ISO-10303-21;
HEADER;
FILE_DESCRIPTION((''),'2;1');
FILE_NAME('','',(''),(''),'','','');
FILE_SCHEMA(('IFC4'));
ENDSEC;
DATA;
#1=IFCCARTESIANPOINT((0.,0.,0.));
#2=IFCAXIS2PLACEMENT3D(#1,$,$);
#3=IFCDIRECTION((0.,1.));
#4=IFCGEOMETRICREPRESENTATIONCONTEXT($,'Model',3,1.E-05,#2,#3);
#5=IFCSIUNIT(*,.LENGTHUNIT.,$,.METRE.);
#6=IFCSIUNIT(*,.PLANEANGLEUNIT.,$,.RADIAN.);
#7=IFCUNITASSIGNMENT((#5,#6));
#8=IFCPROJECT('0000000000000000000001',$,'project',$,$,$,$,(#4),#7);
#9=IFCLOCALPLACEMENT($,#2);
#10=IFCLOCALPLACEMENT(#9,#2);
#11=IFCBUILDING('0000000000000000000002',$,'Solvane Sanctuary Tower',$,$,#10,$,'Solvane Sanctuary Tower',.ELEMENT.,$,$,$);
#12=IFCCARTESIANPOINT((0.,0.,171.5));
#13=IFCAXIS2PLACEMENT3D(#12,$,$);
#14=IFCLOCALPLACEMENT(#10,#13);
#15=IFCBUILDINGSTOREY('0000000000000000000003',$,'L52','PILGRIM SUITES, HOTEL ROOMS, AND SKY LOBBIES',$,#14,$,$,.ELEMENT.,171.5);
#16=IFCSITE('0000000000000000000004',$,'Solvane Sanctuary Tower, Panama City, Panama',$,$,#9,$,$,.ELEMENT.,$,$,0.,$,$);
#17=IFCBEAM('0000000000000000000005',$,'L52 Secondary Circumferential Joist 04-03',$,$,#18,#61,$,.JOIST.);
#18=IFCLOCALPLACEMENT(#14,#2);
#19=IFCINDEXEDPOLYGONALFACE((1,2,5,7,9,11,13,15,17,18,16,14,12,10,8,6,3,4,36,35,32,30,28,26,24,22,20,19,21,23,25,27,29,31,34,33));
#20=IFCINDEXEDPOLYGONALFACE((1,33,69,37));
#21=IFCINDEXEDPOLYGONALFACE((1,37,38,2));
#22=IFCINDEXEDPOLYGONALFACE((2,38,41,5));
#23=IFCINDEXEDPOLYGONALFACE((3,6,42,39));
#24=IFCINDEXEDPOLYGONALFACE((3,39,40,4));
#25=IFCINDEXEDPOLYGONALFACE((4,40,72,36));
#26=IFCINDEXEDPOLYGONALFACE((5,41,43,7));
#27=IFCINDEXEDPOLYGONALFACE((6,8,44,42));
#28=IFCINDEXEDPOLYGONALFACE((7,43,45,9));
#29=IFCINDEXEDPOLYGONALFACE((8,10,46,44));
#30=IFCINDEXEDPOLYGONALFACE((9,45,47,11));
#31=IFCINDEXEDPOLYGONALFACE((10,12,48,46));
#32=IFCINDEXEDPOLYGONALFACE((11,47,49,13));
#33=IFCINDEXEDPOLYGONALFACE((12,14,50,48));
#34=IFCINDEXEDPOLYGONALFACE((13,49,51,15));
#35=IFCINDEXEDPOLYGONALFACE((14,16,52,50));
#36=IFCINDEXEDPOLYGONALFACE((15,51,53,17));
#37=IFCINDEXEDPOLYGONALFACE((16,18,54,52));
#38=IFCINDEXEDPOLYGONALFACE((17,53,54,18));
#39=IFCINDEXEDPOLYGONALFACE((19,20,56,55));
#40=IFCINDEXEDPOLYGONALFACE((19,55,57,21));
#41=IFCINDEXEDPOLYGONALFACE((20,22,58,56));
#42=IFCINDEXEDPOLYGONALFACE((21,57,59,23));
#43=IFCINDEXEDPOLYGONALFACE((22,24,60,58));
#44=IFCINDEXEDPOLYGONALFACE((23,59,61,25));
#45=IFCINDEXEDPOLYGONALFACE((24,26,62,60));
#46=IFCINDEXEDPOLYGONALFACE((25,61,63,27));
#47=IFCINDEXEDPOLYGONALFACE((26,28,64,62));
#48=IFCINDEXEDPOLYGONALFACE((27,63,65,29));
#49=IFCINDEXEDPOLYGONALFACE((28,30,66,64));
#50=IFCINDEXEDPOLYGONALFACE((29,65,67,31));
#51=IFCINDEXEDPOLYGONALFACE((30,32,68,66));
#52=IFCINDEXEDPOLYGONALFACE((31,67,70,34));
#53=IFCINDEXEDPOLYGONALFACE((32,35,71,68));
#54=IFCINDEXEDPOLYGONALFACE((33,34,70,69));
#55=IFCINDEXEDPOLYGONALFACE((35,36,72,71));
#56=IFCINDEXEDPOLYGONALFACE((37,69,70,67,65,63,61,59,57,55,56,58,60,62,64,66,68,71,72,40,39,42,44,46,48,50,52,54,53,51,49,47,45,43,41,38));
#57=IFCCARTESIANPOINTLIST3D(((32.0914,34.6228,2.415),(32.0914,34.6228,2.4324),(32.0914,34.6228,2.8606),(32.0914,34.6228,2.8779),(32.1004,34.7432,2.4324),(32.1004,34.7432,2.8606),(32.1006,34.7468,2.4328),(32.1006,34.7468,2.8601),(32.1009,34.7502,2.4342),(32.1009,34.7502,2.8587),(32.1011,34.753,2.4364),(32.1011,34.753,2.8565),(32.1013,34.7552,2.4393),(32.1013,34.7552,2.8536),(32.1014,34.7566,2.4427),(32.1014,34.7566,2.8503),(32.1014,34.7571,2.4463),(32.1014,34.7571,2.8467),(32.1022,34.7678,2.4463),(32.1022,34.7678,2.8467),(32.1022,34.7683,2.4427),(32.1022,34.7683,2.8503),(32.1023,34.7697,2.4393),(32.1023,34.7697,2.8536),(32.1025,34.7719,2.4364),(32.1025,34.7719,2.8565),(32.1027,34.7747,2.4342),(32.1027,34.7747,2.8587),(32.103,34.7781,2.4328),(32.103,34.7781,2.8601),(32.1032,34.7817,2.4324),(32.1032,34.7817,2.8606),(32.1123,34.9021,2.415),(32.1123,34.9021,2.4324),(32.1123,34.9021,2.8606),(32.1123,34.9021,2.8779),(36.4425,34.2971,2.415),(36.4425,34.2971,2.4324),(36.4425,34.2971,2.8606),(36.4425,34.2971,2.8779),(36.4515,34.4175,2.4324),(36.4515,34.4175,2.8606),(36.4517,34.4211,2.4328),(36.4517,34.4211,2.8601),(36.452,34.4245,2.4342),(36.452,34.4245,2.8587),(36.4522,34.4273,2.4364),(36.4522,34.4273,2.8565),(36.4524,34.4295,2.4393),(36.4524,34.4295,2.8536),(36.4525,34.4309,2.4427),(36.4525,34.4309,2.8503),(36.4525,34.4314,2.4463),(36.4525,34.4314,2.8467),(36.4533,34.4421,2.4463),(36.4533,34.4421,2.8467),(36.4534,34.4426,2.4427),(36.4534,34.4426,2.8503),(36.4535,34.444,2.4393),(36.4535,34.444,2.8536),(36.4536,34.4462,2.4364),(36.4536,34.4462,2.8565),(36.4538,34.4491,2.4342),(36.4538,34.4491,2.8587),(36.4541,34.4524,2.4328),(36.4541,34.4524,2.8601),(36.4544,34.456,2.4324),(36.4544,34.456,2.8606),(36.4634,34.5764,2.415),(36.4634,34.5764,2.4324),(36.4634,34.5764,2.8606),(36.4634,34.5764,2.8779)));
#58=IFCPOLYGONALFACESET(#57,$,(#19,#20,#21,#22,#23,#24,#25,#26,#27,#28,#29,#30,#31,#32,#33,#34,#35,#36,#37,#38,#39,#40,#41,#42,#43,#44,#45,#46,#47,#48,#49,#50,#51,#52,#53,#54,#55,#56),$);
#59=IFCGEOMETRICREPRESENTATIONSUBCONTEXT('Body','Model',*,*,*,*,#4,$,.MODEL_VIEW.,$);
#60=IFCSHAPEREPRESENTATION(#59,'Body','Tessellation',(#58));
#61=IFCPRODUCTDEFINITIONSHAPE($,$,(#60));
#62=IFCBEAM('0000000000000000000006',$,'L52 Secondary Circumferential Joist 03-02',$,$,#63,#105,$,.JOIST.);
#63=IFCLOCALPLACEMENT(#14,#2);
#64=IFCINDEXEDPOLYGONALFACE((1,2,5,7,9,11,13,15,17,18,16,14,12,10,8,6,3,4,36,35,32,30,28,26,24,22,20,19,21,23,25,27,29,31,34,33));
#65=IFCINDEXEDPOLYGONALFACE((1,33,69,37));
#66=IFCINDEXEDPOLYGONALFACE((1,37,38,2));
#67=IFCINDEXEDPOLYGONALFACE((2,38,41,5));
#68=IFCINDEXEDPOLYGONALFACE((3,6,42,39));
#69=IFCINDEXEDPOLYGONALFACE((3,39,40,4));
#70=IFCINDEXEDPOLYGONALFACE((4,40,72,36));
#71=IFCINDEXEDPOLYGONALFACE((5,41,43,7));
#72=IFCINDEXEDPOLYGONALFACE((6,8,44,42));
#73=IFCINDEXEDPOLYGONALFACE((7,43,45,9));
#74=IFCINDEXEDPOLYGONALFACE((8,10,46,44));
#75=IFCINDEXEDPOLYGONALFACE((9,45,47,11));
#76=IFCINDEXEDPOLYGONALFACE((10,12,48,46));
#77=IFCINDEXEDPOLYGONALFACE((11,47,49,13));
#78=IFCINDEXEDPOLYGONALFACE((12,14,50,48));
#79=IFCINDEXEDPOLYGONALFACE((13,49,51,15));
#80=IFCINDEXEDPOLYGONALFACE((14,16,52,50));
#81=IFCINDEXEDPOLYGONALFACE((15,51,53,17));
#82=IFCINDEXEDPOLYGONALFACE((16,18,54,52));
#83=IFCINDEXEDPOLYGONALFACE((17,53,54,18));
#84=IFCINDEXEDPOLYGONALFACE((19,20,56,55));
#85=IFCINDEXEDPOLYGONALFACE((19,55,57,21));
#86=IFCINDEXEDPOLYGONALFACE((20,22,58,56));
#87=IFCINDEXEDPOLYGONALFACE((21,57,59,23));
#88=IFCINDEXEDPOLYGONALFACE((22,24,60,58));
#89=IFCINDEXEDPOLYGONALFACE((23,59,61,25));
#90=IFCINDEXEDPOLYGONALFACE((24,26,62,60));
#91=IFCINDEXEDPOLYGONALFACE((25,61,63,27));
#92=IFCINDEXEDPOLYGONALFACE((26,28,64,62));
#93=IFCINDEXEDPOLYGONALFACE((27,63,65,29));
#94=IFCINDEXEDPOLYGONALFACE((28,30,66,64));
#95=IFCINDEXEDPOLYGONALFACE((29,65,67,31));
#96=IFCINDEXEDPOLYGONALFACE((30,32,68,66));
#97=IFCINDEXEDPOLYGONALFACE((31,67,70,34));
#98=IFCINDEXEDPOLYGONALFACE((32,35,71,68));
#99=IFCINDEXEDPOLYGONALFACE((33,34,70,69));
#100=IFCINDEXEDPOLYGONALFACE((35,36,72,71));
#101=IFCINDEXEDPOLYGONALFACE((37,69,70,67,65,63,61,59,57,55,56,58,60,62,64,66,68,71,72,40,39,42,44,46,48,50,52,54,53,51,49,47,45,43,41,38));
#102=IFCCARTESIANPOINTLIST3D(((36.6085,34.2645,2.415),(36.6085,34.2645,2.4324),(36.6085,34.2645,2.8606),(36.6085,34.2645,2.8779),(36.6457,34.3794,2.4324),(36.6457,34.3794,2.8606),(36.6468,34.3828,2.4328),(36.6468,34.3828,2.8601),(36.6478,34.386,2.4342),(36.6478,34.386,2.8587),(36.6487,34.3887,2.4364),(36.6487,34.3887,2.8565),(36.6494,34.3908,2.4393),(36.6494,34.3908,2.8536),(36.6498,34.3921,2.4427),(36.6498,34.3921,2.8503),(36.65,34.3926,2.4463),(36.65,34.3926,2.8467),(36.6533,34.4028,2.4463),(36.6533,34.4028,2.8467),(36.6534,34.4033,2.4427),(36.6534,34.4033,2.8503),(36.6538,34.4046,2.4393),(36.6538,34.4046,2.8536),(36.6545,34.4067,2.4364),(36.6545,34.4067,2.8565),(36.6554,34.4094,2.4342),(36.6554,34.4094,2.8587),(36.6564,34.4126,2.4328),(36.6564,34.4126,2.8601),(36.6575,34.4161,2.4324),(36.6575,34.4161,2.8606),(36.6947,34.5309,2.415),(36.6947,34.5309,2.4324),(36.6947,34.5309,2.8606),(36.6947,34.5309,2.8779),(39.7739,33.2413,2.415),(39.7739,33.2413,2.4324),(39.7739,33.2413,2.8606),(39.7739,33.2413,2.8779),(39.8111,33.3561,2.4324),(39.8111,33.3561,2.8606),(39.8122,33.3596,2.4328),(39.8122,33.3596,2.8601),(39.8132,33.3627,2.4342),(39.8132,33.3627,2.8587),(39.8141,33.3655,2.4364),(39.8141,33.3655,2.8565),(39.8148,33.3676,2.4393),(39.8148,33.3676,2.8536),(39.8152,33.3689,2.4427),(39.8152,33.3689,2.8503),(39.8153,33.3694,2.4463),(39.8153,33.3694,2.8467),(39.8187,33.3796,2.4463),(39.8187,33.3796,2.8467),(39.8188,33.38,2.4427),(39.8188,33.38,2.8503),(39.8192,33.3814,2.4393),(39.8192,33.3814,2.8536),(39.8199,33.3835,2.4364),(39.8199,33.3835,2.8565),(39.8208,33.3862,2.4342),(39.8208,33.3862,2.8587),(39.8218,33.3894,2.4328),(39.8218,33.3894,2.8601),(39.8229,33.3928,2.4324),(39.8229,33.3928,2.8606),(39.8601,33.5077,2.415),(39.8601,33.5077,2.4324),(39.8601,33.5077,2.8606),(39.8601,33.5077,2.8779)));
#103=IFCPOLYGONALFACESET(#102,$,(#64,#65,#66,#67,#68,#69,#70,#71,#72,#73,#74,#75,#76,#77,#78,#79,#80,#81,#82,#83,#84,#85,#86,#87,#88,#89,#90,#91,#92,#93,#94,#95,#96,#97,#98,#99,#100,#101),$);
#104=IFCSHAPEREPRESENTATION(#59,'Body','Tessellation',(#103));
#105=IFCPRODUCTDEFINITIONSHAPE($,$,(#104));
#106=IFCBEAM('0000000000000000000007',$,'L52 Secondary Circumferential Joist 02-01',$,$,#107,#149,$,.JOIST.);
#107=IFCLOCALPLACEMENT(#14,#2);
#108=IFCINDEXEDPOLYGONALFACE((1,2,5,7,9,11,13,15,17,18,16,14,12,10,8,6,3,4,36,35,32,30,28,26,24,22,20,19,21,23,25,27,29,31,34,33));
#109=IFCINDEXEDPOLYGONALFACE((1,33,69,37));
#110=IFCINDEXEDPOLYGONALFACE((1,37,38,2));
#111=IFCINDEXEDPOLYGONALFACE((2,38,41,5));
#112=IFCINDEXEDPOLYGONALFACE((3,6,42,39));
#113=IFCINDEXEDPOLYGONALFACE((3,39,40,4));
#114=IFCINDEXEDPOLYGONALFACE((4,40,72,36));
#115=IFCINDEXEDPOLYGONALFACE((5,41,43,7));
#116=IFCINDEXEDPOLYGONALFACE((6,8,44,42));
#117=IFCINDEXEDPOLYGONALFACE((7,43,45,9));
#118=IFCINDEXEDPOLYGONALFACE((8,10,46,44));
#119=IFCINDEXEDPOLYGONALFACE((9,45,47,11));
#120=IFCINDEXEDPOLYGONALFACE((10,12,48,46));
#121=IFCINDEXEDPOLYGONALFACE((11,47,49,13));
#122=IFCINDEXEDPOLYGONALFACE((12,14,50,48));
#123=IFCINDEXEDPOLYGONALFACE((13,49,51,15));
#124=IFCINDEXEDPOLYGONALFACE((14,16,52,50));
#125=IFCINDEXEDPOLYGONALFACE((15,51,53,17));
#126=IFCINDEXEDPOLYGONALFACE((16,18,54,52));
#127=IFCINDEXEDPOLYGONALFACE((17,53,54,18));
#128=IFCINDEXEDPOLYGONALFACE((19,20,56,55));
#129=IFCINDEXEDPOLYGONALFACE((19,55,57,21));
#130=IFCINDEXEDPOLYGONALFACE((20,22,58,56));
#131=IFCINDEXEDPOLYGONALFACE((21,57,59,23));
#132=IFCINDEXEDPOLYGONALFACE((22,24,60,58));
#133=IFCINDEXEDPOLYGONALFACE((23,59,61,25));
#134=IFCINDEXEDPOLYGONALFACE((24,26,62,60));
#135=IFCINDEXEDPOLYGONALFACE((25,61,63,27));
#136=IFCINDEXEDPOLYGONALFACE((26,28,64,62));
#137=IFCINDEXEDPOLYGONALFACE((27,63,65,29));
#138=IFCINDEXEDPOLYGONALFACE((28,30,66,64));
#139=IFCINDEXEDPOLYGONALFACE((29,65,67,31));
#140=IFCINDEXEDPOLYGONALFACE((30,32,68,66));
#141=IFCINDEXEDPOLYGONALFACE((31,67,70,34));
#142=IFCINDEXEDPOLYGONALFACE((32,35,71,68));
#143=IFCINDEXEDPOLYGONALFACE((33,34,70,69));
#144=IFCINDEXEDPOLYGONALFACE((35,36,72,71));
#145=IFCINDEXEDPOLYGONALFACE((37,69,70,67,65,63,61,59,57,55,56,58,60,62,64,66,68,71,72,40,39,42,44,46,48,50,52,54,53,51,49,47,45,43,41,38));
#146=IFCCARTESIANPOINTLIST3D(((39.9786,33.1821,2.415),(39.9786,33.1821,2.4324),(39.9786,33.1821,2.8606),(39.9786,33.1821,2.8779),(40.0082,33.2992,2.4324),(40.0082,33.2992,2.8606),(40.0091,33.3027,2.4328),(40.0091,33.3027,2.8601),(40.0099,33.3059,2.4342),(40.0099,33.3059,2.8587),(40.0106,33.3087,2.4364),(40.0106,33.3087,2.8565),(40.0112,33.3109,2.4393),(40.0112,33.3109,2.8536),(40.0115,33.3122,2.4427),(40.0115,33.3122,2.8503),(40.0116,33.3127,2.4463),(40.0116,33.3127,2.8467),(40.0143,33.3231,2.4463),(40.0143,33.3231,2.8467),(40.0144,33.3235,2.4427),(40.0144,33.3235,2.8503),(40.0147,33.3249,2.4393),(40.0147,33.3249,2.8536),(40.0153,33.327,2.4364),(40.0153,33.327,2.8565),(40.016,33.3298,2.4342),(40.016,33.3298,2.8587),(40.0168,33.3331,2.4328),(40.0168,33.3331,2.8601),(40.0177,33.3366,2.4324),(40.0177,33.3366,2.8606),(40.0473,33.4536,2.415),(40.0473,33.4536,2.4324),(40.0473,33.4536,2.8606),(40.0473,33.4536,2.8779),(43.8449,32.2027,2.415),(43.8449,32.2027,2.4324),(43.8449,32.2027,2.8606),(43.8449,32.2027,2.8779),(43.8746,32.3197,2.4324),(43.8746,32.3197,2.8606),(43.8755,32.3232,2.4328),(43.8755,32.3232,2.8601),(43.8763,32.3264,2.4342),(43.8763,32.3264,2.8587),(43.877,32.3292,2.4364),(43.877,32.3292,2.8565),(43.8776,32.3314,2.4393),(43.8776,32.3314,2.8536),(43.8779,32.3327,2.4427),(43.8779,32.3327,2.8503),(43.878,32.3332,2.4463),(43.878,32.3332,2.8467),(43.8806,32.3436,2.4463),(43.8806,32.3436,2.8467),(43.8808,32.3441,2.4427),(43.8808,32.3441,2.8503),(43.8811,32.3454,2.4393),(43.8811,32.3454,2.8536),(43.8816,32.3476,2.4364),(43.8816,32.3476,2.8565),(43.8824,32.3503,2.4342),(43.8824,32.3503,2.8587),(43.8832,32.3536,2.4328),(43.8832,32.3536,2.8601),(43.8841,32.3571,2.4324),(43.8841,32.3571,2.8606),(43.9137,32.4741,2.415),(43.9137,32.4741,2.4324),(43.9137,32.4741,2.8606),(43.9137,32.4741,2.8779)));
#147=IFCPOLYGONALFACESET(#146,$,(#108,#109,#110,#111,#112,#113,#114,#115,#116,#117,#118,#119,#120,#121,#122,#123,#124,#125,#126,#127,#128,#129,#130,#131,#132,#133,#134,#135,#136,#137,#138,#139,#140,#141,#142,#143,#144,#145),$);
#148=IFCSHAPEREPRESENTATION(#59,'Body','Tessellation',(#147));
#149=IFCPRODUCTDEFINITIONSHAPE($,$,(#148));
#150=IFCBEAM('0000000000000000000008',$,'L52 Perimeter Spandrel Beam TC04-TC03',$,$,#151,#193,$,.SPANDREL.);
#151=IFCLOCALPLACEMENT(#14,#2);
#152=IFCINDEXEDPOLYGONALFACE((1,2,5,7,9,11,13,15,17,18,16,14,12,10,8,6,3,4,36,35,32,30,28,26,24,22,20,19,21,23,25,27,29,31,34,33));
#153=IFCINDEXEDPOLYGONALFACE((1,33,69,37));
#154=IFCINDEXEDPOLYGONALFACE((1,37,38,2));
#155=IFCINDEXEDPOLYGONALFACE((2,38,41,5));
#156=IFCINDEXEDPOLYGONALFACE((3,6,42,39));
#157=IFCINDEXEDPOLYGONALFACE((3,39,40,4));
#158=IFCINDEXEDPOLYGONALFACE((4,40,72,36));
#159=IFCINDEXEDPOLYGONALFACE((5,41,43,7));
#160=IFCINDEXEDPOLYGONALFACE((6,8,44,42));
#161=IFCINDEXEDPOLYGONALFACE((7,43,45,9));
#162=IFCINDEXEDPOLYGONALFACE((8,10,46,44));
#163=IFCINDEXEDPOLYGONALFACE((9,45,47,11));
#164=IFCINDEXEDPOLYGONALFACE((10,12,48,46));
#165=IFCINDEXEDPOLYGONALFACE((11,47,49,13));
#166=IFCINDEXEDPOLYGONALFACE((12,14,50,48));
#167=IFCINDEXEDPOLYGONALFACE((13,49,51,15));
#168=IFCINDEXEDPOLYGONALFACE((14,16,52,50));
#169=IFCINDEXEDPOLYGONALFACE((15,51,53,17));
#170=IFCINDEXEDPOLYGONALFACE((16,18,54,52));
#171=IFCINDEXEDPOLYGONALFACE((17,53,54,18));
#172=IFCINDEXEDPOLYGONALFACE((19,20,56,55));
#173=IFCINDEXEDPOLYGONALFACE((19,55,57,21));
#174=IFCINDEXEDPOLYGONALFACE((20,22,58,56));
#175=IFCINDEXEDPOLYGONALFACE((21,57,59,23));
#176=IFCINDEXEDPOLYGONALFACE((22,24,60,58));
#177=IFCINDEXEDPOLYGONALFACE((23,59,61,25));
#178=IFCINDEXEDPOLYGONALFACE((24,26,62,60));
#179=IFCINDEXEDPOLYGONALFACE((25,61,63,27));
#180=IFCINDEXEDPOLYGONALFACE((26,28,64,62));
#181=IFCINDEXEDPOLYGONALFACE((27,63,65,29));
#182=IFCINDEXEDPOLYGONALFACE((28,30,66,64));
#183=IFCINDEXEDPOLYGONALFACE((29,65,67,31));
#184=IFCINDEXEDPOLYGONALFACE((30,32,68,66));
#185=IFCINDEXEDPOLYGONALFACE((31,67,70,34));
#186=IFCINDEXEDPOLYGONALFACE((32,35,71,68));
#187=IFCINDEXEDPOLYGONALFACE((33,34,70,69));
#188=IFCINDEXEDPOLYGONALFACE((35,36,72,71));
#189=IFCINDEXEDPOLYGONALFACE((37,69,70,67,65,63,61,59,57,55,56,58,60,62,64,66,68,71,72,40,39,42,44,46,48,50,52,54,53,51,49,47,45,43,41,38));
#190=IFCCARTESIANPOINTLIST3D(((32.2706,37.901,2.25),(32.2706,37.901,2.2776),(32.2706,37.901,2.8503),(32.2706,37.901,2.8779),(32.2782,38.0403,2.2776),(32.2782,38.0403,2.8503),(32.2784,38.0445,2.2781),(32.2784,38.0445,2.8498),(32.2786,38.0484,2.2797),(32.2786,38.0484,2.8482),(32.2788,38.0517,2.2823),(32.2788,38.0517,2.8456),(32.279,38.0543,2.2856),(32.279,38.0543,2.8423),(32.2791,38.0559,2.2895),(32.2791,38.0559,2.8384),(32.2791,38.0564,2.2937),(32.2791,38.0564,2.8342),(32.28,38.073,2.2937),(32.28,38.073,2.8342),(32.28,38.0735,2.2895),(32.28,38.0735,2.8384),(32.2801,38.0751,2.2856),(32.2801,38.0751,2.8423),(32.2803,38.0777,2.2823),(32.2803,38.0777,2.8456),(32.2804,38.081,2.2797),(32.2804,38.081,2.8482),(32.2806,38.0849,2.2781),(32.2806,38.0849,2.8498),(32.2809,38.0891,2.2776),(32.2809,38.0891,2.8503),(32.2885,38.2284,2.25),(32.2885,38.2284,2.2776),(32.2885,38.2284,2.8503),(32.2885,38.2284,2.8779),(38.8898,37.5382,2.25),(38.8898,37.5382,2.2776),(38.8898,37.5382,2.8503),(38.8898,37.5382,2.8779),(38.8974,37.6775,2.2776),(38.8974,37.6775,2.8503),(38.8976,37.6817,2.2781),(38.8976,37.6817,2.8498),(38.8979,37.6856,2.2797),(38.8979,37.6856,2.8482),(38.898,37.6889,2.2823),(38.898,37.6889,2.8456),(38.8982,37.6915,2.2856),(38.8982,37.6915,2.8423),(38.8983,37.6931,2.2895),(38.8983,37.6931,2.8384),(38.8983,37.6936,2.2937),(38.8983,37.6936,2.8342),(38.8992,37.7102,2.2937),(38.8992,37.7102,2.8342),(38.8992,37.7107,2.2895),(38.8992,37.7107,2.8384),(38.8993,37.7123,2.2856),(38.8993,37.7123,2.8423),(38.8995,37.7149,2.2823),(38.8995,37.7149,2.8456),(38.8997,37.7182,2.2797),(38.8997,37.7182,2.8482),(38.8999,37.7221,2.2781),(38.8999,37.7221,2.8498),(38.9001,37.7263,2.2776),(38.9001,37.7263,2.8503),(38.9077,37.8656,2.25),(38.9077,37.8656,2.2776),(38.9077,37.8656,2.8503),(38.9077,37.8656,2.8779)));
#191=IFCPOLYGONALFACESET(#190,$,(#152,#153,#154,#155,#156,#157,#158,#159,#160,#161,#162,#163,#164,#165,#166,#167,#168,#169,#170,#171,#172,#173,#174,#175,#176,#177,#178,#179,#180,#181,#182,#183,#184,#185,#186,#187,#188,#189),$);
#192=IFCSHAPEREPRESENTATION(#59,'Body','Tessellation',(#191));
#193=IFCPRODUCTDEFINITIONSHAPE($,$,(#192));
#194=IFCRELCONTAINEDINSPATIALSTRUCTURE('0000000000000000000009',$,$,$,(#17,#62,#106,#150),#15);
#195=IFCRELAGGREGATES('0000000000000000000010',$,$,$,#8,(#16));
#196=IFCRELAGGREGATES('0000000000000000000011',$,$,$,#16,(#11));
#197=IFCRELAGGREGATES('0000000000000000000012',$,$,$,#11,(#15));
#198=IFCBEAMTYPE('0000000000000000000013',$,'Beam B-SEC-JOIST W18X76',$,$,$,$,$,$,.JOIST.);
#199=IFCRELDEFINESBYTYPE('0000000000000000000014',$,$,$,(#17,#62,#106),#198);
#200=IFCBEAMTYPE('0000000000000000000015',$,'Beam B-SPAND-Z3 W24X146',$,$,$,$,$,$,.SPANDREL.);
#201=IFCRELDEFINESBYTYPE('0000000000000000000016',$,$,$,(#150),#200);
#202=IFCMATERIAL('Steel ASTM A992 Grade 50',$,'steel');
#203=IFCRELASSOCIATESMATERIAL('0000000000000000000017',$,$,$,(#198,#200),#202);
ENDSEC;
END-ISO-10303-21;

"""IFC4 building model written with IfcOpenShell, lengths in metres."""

from ifc_helpers import new_model, si_unit, direction, frame, origin, origin_2d, place, context, subcontext, project, spatial, i_section, extrude, material, material_profile, profile_set, type_object, element, save


model = new_model("IFC4")

# Units and contexts
model_context = context("Model", 3, precision=1e-05, world=origin(), true_north=direction((0.0, 1.0)))
body_context = subcontext(model_context, "Body", "Model", "MODEL_VIEW")
ifc_project = project(units=[si_unit("LENGTHUNIT", "METRE"), si_unit("PLANEANGLEUNIT", "RADIAN")], contexts=[model_context])

# Site, building, storey
site_placement = place(None, origin())
site = spatial("IfcSite", under=ifc_project, at=site_placement, Name="Solvane Sanctuary Tower, Panama City, Panama", CompositionType="ELEMENT", RefElevation=0.0)
building_placement = place(site_placement, origin())
building = spatial("IfcBuilding", under=site, at=building_placement, Name="Solvane Sanctuary Tower", LongName="Solvane Sanctuary Tower", CompositionType="ELEMENT")
storey_placement = place(building_placement, frame((0.0, 0.0, 171.5)))
storey = spatial("IfcBuildingStorey", under=building, at=storey_placement, Name="L52", Description="PILGRIM SUITES, HOTEL ROOMS, AND SKY LOBBIES", CompositionType="ELEMENT", Elevation=171.5)

# Beams
ifc_material_1 = material(Name="Steel ASTM A992 Grade 50", Category="steel")
ifc_material_profile_1 = material_profile(ifc_material_1, i_section(OverallWidth=0.28, OverallDepth=0.4629, WebThickness=0.0107, FlangeThickness=0.0173, FilletRadius=0.0139, at=origin_2d()), Name="W18X76")
ifc_profile_set_1 = profile_set([ifc_material_profile_1], Name="Steel ASTM A992 Grade 50")
beam_type_1 = type_object("IfcBeamType", Name="Beam B-SEC-JOIST W18X76", PredefinedType="JOIST", material=ifc_profile_set_1)
beam_1_placement = place(storey_placement, frame((32.1018, 34.7625, 2.6465), z_axis=(0.99721, -0.074642, 0.0), x_axis=(0.074642, 0.99721, 0.0)))
element("IfcBeam", 1, at=beam_1_placement, inside=storey, type_object=beam_type_1, Name="L52 Secondary Circumferential Joist 04-03", PredefinedType="JOIST", context=body_context, shape_type="SweptSolid", body=[
    extrude(i_section(OverallWidth=0.28, OverallDepth=0.4629, WebThickness=0.0107, FlangeThickness=0.0173, FilletRadius=0.0139, at=origin_2d()), origin(), (0.0, 0.0, 1.0), 4.3633),
])
beam_2_placement = place(storey_placement, frame((36.6516, 34.3977, 2.6465), z_axis=(0.951521, -0.307584, 0.0), x_axis=(0.307584, 0.951521, 0.0)))
element("IfcBeam", 2, at=beam_2_placement, inside=storey, type_object=beam_type_1, Name="L52 Secondary Circumferential Joist 03-02", PredefinedType="JOIST", context=body_context, shape_type="SweptSolid", body=[
    extrude(i_section(OverallWidth=0.28, OverallDepth=0.4629, WebThickness=0.0107, FlangeThickness=0.0173, FilletRadius=0.0139, at=origin_2d()), origin(), (0.0, 0.0, 1.0), 3.3267),
])
beam_3_placement = place(storey_placement, frame((40.0129, 33.3179, 2.6465), z_axis=(0.969378, -0.245573, 0.0), x_axis=(0.245573, 0.969378, 0.0)))
element("IfcBeam", 3, at=beam_3_placement, inside=storey, type_object=beam_type_1, Name="L52 Secondary Circumferential Joist 02-01", PredefinedType="JOIST", context=body_context, shape_type="SweptSolid", body=[
    extrude(i_section(OverallWidth=0.28, OverallDepth=0.4629, WebThickness=0.0107, FlangeThickness=0.0173, FilletRadius=0.0139, at=origin_2d()), origin(), (0.0, 0.0, 1.0), 3.9885),
])
ifc_material_profile_2 = material_profile(ifc_material_1, i_section(OverallWidth=0.3279, OverallDepth=0.6279, WebThickness=0.0166, FlangeThickness=0.0276, FilletRadius=0.0161, at=origin_2d()), Name="W24X146")
ifc_profile_set_2 = profile_set([ifc_material_profile_2], Name="Steel ASTM A992 Grade 50")
beam_type_2 = type_object("IfcBeamType", Name="Beam B-SPAND-Z3 W24X146", PredefinedType="SPANDREL", material=ifc_profile_set_2)
beam_4_placement = place(storey_placement, frame((32.2795, 38.0647, 2.564), z_axis=(0.998501, -0.054728, 0.0), x_axis=(0.054728, 0.998501, 0.0)))
element("IfcBeam", 4, at=beam_4_placement, inside=storey, type_object=beam_type_2, Name="L52 Perimeter Spandrel Beam TC04-TC03", PredefinedType="SPANDREL", context=body_context, shape_type="SweptSolid", body=[
    extrude(i_section(OverallWidth=0.3279, OverallDepth=0.6279, WebThickness=0.0166, FlangeThickness=0.0276, FilletRadius=0.0161, at=origin_2d()), origin(), (0.0, 0.0, 1.0), 6.6292),
])

save(model, "model.ifc")
